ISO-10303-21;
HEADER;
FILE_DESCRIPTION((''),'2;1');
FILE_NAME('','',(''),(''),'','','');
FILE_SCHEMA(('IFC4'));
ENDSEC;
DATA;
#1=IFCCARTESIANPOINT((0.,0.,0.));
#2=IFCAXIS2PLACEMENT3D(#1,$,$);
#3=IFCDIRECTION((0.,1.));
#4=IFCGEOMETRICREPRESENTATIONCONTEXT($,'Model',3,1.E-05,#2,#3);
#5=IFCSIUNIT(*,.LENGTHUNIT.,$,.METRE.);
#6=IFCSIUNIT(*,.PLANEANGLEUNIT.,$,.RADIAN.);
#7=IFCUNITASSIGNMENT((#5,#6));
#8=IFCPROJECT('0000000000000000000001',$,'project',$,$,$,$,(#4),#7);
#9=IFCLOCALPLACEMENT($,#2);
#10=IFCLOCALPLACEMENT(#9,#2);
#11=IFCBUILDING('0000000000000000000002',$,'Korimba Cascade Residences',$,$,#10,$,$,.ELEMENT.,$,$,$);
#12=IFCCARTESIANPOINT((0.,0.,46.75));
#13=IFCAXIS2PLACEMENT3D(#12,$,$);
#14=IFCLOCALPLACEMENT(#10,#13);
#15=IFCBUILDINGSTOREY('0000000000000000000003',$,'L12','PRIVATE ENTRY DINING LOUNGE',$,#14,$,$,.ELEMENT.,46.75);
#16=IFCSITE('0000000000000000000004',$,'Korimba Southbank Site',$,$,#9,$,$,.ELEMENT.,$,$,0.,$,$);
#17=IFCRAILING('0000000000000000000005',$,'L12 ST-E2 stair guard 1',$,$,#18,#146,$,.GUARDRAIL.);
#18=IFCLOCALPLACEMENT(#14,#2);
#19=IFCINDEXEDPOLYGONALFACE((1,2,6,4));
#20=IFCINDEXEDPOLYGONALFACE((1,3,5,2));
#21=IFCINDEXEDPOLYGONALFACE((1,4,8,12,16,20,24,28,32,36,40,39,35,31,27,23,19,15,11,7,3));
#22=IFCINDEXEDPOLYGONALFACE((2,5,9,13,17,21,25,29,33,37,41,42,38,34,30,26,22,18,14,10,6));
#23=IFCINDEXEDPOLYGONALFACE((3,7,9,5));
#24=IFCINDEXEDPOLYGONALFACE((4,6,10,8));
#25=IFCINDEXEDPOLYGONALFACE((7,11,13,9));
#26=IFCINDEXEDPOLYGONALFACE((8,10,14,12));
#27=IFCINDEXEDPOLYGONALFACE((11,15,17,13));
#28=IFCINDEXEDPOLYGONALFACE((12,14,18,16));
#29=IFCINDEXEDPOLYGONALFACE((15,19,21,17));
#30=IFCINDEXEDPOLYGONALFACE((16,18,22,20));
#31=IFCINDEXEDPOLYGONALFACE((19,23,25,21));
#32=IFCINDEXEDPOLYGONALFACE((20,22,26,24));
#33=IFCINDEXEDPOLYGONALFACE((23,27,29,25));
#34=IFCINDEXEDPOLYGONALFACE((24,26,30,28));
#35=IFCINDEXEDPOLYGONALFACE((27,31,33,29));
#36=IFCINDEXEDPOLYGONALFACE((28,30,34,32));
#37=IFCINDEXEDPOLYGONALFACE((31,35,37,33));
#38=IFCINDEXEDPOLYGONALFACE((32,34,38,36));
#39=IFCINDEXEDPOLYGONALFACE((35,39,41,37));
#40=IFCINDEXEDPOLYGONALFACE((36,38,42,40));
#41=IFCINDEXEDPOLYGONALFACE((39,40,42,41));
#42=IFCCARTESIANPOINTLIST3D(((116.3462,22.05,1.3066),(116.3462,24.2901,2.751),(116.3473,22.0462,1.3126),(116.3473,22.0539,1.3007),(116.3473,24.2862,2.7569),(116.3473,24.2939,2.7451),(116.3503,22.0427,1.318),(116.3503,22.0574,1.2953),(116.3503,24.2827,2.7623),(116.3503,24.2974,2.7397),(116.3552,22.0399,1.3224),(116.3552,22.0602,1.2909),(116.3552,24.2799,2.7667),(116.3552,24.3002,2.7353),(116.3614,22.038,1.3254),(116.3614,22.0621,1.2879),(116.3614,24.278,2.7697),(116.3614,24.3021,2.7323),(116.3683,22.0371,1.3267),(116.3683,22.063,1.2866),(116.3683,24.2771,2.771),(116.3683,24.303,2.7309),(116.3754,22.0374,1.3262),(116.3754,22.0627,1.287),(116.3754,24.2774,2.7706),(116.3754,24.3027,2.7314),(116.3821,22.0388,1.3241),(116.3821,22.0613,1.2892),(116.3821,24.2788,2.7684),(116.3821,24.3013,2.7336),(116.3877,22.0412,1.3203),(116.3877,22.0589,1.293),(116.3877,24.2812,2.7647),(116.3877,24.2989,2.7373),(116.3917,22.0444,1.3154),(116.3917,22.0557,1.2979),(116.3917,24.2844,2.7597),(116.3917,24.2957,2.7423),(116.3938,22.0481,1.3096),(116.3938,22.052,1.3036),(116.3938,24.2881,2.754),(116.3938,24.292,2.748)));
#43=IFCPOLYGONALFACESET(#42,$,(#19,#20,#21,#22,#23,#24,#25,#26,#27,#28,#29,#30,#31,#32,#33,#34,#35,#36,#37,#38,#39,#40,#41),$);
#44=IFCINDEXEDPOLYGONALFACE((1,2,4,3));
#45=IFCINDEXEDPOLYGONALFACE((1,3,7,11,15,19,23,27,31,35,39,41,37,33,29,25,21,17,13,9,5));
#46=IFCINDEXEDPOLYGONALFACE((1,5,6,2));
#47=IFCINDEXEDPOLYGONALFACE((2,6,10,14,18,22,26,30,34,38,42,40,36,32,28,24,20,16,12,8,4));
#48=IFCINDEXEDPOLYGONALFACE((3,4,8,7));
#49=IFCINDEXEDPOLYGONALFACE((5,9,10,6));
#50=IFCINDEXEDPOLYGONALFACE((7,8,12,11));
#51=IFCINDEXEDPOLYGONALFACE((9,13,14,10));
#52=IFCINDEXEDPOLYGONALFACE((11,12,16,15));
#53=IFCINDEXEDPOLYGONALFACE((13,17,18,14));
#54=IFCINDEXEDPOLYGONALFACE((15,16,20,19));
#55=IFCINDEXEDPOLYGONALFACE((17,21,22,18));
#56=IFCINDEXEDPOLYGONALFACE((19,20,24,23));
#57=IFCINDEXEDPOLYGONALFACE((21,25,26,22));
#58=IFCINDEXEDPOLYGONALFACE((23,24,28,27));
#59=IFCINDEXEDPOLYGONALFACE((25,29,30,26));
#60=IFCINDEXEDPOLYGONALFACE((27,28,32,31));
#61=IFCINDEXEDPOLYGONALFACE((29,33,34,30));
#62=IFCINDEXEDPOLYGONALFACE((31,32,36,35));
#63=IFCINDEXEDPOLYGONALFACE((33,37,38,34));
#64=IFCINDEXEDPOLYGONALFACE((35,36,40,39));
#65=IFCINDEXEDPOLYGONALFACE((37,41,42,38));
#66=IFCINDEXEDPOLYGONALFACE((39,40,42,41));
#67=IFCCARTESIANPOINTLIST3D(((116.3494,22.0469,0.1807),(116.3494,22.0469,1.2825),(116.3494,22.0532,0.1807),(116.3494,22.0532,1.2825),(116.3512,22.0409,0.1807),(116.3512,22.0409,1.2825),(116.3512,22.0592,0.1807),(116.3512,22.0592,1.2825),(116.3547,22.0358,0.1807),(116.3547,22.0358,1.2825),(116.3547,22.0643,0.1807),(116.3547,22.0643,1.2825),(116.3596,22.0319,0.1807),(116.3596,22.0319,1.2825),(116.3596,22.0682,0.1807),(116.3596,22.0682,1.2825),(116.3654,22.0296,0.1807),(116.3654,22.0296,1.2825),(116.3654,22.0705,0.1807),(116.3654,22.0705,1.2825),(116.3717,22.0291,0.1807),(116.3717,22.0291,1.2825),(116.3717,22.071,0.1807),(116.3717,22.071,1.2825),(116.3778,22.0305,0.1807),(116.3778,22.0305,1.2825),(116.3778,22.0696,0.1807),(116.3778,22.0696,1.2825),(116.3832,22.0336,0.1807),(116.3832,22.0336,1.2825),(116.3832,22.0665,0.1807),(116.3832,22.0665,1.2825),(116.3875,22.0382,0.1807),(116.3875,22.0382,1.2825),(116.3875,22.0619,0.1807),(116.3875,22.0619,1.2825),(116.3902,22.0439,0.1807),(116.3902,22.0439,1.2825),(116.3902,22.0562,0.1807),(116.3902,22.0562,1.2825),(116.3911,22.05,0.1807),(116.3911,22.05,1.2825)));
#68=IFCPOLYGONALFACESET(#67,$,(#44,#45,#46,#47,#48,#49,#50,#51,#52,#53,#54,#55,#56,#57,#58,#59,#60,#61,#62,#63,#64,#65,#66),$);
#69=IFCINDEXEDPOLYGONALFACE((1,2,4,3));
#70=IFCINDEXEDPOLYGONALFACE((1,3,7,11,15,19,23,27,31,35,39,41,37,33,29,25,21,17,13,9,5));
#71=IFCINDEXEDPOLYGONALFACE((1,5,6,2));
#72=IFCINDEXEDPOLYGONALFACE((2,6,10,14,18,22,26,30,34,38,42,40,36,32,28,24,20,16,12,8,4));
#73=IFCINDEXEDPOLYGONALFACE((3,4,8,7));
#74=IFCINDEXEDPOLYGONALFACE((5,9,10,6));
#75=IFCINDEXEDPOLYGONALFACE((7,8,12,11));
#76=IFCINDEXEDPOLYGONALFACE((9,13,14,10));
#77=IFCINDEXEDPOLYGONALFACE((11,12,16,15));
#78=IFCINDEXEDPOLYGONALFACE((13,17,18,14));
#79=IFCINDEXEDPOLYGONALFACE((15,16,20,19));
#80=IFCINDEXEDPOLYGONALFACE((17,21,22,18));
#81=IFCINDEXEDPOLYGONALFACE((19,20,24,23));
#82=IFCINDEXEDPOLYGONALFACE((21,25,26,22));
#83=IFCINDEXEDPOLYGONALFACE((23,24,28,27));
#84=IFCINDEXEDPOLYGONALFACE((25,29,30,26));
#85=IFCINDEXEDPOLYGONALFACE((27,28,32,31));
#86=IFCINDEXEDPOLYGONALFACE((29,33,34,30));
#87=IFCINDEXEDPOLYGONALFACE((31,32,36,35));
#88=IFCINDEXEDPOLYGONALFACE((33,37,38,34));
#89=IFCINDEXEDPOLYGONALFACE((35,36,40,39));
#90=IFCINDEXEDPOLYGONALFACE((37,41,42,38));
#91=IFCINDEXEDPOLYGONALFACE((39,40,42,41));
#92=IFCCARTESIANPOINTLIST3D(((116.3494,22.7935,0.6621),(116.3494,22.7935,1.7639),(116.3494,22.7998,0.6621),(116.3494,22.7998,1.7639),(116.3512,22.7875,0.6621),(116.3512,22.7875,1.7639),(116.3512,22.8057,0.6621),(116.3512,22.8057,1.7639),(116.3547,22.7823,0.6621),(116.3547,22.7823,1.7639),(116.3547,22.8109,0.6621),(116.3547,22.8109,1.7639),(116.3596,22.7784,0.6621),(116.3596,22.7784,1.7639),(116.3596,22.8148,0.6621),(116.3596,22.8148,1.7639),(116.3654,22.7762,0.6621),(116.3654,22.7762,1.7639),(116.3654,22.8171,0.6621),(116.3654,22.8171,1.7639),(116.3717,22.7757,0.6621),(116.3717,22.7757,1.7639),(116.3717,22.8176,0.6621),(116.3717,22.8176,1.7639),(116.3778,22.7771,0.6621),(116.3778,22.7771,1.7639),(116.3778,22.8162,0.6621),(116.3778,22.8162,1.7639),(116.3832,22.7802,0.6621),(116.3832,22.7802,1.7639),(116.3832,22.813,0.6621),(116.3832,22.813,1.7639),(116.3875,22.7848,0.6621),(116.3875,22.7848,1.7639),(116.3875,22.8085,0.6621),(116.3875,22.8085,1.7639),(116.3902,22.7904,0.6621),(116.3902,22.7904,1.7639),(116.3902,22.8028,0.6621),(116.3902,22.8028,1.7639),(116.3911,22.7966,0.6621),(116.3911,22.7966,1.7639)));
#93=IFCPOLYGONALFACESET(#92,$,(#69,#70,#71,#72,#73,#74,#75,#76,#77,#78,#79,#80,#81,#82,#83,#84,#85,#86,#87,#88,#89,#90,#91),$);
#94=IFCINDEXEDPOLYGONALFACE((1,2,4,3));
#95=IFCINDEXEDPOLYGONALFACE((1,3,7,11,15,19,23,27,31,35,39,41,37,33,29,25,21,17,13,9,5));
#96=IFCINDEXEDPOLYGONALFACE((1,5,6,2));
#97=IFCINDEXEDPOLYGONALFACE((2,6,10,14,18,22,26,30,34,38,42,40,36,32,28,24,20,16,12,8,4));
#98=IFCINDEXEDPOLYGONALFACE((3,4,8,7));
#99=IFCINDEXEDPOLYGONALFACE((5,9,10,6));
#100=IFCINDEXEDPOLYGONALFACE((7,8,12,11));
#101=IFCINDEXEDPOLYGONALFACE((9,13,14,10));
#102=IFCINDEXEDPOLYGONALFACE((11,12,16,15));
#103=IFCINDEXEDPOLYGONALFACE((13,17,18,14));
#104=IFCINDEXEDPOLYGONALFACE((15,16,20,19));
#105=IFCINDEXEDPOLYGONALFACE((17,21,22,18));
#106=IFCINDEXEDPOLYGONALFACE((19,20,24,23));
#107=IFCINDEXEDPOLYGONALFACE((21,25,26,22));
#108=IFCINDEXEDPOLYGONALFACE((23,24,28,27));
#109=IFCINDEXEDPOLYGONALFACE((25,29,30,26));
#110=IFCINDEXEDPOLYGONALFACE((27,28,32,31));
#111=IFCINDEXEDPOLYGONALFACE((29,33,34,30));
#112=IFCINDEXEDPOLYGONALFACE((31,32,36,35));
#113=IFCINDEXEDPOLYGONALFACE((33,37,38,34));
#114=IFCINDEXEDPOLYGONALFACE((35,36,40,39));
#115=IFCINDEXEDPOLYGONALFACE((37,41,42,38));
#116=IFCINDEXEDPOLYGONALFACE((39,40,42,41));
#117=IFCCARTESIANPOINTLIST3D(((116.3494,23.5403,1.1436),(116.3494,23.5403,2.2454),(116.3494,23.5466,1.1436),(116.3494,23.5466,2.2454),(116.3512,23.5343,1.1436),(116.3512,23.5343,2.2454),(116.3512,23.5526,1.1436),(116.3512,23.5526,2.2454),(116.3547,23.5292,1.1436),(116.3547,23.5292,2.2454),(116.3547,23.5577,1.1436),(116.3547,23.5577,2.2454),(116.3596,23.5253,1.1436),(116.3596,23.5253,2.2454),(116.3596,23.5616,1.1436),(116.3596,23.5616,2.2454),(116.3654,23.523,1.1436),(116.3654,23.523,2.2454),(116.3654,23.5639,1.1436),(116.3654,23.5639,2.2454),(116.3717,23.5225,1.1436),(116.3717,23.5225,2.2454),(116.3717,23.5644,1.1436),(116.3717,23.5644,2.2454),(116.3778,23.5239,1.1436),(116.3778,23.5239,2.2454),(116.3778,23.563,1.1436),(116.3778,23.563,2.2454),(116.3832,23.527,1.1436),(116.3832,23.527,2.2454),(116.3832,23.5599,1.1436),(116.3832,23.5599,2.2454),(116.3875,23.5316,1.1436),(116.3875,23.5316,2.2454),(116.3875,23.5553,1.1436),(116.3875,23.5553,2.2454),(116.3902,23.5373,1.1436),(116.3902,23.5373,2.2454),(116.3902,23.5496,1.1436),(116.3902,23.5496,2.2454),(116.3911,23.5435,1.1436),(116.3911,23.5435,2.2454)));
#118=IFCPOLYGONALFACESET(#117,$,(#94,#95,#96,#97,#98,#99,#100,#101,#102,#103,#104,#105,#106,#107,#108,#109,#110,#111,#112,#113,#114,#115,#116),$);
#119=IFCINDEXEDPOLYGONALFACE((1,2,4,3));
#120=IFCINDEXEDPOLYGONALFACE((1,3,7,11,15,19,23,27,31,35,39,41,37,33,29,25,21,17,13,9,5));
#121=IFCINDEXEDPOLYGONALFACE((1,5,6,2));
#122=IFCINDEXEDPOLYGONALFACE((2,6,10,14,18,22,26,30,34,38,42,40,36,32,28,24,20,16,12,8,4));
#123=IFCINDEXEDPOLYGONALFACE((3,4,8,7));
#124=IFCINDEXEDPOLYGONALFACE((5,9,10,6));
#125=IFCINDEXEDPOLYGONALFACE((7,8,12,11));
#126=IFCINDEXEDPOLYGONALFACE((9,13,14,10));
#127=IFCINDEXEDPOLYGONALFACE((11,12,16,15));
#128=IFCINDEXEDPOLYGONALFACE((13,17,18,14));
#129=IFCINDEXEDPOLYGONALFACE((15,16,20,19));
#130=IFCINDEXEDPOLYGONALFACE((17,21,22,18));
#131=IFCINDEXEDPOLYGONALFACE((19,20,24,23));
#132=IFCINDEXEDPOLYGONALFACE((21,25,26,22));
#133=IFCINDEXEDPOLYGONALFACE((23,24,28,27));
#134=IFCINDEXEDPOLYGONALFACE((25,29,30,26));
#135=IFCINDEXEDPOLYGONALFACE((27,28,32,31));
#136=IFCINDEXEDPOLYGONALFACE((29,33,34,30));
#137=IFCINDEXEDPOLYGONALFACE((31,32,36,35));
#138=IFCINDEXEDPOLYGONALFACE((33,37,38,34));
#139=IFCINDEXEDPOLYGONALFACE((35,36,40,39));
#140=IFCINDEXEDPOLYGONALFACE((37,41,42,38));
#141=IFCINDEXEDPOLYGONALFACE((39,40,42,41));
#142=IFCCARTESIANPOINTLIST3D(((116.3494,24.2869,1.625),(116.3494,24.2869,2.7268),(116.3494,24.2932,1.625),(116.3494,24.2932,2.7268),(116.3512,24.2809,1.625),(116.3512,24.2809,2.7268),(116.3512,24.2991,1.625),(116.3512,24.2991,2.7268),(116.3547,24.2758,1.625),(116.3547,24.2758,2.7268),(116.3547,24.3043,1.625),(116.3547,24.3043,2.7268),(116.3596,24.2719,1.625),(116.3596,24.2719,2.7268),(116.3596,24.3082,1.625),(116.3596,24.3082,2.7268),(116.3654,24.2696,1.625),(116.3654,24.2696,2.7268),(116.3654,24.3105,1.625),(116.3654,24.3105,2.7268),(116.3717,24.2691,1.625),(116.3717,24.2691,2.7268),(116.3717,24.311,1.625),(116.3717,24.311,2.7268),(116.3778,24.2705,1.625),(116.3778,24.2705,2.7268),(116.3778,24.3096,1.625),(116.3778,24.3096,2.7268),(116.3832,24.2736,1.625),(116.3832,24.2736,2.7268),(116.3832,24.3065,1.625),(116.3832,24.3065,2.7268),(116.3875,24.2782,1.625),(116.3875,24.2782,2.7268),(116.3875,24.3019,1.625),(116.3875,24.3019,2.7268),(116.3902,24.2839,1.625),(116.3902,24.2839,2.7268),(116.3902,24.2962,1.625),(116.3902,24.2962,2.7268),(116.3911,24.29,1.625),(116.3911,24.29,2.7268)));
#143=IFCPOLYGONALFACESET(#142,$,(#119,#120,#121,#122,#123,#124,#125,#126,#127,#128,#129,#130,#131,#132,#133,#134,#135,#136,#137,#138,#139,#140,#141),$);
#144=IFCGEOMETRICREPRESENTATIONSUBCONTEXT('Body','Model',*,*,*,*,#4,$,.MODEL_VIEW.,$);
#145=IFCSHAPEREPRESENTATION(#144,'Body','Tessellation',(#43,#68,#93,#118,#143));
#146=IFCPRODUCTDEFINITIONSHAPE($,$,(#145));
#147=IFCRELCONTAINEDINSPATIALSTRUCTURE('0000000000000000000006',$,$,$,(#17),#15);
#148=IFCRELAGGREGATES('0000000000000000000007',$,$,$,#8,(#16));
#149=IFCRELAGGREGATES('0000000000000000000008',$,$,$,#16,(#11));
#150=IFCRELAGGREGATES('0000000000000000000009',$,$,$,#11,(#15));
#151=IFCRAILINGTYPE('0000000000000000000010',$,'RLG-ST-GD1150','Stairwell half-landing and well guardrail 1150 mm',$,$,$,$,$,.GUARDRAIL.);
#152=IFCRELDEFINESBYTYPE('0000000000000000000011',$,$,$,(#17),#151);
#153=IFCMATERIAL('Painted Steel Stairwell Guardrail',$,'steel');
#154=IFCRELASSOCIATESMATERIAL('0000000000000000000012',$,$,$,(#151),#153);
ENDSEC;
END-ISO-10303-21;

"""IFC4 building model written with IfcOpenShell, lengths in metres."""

from ifc_helpers import new_model, si_unit, direction, frame, origin, origin_2d, place, context, subcontext, project, spatial, circle, extrude, material, type_object, element, save


model = new_model("IFC4")

# Units and contexts
model_context = context("Model", 3, precision=1e-05, world=origin(), true_north=direction((0.0, 1.0)))
body_context = subcontext(model_context, "Body", "Model", "MODEL_VIEW")
ifc_project = project(units=[si_unit("LENGTHUNIT", "METRE"), si_unit("PLANEANGLEUNIT", "RADIAN")], contexts=[model_context])

# Site, building, storey
site_placement = place(None, origin())
site = spatial("IfcSite", under=ifc_project, at=site_placement, Name="Korimba Southbank Site", CompositionType="ELEMENT", RefElevation=0.0)
building_placement = place(site_placement, origin())
building = spatial("IfcBuilding", under=site, at=building_placement, Name="Korimba Cascade Residences", CompositionType="ELEMENT")
storey_placement = place(building_placement, frame((0.0, 0.0, 46.75)))
storey = spatial("IfcBuildingStorey", under=building, at=storey_placement, Name="L12", Description="PRIVATE ENTRY DINING LOUNGE", CompositionType="ELEMENT", Elevation=46.75)

# Railing
ifc_material_1 = material(Name="Painted Steel Stairwell Guardrail", Category="steel")
railing_type_1 = type_object("IfcRailingType", Name="RLG-ST-GD1150", Description="Stairwell half-landing and well guardrail 1150 mm", PredefinedType="GUARDRAIL", material=ifc_material_1)
railing_1_placement = place(storey_placement, frame((116.3701, 22.05, 0.1807)))
element("IfcRailing", 1, at=railing_1_placement, inside=storey, type_object=railing_type_1, Name="L12 ST-E2 stair guard 1", PredefinedType="GUARDRAIL", context=body_context, shape_type="SweptSolid", body=[
    extrude(circle(Radius=0.0239, at=origin_2d()), frame((0.0, 0.0, 1.126), z_axis=(0.0, 0.840437, 0.54191), x_axis=(-1.0, 0.0, 0.0)), (0.0, 0.0, 1.0), 2.6653),
    extrude(circle(Radius=0.021, at=origin_2d()), origin(), (0.0, 0.0, 1.0), 1.1018),
    extrude(circle(Radius=0.021, at=origin_2d()), frame((0.0, 0.7466, 0.4814)), (0.0, 0.0, 1.0), 1.1018),
    extrude(circle(Radius=0.021, at=origin_2d()), frame((0.0, 1.4934, 0.9629)), (0.0, 0.0, 1.0), 1.1018),
    extrude(circle(Radius=0.021, at=origin_2d()), frame((0.0, 2.24, 1.4443)), (0.0, 0.0, 1.0), 1.1018),
])

save(model, "model.ifc")
